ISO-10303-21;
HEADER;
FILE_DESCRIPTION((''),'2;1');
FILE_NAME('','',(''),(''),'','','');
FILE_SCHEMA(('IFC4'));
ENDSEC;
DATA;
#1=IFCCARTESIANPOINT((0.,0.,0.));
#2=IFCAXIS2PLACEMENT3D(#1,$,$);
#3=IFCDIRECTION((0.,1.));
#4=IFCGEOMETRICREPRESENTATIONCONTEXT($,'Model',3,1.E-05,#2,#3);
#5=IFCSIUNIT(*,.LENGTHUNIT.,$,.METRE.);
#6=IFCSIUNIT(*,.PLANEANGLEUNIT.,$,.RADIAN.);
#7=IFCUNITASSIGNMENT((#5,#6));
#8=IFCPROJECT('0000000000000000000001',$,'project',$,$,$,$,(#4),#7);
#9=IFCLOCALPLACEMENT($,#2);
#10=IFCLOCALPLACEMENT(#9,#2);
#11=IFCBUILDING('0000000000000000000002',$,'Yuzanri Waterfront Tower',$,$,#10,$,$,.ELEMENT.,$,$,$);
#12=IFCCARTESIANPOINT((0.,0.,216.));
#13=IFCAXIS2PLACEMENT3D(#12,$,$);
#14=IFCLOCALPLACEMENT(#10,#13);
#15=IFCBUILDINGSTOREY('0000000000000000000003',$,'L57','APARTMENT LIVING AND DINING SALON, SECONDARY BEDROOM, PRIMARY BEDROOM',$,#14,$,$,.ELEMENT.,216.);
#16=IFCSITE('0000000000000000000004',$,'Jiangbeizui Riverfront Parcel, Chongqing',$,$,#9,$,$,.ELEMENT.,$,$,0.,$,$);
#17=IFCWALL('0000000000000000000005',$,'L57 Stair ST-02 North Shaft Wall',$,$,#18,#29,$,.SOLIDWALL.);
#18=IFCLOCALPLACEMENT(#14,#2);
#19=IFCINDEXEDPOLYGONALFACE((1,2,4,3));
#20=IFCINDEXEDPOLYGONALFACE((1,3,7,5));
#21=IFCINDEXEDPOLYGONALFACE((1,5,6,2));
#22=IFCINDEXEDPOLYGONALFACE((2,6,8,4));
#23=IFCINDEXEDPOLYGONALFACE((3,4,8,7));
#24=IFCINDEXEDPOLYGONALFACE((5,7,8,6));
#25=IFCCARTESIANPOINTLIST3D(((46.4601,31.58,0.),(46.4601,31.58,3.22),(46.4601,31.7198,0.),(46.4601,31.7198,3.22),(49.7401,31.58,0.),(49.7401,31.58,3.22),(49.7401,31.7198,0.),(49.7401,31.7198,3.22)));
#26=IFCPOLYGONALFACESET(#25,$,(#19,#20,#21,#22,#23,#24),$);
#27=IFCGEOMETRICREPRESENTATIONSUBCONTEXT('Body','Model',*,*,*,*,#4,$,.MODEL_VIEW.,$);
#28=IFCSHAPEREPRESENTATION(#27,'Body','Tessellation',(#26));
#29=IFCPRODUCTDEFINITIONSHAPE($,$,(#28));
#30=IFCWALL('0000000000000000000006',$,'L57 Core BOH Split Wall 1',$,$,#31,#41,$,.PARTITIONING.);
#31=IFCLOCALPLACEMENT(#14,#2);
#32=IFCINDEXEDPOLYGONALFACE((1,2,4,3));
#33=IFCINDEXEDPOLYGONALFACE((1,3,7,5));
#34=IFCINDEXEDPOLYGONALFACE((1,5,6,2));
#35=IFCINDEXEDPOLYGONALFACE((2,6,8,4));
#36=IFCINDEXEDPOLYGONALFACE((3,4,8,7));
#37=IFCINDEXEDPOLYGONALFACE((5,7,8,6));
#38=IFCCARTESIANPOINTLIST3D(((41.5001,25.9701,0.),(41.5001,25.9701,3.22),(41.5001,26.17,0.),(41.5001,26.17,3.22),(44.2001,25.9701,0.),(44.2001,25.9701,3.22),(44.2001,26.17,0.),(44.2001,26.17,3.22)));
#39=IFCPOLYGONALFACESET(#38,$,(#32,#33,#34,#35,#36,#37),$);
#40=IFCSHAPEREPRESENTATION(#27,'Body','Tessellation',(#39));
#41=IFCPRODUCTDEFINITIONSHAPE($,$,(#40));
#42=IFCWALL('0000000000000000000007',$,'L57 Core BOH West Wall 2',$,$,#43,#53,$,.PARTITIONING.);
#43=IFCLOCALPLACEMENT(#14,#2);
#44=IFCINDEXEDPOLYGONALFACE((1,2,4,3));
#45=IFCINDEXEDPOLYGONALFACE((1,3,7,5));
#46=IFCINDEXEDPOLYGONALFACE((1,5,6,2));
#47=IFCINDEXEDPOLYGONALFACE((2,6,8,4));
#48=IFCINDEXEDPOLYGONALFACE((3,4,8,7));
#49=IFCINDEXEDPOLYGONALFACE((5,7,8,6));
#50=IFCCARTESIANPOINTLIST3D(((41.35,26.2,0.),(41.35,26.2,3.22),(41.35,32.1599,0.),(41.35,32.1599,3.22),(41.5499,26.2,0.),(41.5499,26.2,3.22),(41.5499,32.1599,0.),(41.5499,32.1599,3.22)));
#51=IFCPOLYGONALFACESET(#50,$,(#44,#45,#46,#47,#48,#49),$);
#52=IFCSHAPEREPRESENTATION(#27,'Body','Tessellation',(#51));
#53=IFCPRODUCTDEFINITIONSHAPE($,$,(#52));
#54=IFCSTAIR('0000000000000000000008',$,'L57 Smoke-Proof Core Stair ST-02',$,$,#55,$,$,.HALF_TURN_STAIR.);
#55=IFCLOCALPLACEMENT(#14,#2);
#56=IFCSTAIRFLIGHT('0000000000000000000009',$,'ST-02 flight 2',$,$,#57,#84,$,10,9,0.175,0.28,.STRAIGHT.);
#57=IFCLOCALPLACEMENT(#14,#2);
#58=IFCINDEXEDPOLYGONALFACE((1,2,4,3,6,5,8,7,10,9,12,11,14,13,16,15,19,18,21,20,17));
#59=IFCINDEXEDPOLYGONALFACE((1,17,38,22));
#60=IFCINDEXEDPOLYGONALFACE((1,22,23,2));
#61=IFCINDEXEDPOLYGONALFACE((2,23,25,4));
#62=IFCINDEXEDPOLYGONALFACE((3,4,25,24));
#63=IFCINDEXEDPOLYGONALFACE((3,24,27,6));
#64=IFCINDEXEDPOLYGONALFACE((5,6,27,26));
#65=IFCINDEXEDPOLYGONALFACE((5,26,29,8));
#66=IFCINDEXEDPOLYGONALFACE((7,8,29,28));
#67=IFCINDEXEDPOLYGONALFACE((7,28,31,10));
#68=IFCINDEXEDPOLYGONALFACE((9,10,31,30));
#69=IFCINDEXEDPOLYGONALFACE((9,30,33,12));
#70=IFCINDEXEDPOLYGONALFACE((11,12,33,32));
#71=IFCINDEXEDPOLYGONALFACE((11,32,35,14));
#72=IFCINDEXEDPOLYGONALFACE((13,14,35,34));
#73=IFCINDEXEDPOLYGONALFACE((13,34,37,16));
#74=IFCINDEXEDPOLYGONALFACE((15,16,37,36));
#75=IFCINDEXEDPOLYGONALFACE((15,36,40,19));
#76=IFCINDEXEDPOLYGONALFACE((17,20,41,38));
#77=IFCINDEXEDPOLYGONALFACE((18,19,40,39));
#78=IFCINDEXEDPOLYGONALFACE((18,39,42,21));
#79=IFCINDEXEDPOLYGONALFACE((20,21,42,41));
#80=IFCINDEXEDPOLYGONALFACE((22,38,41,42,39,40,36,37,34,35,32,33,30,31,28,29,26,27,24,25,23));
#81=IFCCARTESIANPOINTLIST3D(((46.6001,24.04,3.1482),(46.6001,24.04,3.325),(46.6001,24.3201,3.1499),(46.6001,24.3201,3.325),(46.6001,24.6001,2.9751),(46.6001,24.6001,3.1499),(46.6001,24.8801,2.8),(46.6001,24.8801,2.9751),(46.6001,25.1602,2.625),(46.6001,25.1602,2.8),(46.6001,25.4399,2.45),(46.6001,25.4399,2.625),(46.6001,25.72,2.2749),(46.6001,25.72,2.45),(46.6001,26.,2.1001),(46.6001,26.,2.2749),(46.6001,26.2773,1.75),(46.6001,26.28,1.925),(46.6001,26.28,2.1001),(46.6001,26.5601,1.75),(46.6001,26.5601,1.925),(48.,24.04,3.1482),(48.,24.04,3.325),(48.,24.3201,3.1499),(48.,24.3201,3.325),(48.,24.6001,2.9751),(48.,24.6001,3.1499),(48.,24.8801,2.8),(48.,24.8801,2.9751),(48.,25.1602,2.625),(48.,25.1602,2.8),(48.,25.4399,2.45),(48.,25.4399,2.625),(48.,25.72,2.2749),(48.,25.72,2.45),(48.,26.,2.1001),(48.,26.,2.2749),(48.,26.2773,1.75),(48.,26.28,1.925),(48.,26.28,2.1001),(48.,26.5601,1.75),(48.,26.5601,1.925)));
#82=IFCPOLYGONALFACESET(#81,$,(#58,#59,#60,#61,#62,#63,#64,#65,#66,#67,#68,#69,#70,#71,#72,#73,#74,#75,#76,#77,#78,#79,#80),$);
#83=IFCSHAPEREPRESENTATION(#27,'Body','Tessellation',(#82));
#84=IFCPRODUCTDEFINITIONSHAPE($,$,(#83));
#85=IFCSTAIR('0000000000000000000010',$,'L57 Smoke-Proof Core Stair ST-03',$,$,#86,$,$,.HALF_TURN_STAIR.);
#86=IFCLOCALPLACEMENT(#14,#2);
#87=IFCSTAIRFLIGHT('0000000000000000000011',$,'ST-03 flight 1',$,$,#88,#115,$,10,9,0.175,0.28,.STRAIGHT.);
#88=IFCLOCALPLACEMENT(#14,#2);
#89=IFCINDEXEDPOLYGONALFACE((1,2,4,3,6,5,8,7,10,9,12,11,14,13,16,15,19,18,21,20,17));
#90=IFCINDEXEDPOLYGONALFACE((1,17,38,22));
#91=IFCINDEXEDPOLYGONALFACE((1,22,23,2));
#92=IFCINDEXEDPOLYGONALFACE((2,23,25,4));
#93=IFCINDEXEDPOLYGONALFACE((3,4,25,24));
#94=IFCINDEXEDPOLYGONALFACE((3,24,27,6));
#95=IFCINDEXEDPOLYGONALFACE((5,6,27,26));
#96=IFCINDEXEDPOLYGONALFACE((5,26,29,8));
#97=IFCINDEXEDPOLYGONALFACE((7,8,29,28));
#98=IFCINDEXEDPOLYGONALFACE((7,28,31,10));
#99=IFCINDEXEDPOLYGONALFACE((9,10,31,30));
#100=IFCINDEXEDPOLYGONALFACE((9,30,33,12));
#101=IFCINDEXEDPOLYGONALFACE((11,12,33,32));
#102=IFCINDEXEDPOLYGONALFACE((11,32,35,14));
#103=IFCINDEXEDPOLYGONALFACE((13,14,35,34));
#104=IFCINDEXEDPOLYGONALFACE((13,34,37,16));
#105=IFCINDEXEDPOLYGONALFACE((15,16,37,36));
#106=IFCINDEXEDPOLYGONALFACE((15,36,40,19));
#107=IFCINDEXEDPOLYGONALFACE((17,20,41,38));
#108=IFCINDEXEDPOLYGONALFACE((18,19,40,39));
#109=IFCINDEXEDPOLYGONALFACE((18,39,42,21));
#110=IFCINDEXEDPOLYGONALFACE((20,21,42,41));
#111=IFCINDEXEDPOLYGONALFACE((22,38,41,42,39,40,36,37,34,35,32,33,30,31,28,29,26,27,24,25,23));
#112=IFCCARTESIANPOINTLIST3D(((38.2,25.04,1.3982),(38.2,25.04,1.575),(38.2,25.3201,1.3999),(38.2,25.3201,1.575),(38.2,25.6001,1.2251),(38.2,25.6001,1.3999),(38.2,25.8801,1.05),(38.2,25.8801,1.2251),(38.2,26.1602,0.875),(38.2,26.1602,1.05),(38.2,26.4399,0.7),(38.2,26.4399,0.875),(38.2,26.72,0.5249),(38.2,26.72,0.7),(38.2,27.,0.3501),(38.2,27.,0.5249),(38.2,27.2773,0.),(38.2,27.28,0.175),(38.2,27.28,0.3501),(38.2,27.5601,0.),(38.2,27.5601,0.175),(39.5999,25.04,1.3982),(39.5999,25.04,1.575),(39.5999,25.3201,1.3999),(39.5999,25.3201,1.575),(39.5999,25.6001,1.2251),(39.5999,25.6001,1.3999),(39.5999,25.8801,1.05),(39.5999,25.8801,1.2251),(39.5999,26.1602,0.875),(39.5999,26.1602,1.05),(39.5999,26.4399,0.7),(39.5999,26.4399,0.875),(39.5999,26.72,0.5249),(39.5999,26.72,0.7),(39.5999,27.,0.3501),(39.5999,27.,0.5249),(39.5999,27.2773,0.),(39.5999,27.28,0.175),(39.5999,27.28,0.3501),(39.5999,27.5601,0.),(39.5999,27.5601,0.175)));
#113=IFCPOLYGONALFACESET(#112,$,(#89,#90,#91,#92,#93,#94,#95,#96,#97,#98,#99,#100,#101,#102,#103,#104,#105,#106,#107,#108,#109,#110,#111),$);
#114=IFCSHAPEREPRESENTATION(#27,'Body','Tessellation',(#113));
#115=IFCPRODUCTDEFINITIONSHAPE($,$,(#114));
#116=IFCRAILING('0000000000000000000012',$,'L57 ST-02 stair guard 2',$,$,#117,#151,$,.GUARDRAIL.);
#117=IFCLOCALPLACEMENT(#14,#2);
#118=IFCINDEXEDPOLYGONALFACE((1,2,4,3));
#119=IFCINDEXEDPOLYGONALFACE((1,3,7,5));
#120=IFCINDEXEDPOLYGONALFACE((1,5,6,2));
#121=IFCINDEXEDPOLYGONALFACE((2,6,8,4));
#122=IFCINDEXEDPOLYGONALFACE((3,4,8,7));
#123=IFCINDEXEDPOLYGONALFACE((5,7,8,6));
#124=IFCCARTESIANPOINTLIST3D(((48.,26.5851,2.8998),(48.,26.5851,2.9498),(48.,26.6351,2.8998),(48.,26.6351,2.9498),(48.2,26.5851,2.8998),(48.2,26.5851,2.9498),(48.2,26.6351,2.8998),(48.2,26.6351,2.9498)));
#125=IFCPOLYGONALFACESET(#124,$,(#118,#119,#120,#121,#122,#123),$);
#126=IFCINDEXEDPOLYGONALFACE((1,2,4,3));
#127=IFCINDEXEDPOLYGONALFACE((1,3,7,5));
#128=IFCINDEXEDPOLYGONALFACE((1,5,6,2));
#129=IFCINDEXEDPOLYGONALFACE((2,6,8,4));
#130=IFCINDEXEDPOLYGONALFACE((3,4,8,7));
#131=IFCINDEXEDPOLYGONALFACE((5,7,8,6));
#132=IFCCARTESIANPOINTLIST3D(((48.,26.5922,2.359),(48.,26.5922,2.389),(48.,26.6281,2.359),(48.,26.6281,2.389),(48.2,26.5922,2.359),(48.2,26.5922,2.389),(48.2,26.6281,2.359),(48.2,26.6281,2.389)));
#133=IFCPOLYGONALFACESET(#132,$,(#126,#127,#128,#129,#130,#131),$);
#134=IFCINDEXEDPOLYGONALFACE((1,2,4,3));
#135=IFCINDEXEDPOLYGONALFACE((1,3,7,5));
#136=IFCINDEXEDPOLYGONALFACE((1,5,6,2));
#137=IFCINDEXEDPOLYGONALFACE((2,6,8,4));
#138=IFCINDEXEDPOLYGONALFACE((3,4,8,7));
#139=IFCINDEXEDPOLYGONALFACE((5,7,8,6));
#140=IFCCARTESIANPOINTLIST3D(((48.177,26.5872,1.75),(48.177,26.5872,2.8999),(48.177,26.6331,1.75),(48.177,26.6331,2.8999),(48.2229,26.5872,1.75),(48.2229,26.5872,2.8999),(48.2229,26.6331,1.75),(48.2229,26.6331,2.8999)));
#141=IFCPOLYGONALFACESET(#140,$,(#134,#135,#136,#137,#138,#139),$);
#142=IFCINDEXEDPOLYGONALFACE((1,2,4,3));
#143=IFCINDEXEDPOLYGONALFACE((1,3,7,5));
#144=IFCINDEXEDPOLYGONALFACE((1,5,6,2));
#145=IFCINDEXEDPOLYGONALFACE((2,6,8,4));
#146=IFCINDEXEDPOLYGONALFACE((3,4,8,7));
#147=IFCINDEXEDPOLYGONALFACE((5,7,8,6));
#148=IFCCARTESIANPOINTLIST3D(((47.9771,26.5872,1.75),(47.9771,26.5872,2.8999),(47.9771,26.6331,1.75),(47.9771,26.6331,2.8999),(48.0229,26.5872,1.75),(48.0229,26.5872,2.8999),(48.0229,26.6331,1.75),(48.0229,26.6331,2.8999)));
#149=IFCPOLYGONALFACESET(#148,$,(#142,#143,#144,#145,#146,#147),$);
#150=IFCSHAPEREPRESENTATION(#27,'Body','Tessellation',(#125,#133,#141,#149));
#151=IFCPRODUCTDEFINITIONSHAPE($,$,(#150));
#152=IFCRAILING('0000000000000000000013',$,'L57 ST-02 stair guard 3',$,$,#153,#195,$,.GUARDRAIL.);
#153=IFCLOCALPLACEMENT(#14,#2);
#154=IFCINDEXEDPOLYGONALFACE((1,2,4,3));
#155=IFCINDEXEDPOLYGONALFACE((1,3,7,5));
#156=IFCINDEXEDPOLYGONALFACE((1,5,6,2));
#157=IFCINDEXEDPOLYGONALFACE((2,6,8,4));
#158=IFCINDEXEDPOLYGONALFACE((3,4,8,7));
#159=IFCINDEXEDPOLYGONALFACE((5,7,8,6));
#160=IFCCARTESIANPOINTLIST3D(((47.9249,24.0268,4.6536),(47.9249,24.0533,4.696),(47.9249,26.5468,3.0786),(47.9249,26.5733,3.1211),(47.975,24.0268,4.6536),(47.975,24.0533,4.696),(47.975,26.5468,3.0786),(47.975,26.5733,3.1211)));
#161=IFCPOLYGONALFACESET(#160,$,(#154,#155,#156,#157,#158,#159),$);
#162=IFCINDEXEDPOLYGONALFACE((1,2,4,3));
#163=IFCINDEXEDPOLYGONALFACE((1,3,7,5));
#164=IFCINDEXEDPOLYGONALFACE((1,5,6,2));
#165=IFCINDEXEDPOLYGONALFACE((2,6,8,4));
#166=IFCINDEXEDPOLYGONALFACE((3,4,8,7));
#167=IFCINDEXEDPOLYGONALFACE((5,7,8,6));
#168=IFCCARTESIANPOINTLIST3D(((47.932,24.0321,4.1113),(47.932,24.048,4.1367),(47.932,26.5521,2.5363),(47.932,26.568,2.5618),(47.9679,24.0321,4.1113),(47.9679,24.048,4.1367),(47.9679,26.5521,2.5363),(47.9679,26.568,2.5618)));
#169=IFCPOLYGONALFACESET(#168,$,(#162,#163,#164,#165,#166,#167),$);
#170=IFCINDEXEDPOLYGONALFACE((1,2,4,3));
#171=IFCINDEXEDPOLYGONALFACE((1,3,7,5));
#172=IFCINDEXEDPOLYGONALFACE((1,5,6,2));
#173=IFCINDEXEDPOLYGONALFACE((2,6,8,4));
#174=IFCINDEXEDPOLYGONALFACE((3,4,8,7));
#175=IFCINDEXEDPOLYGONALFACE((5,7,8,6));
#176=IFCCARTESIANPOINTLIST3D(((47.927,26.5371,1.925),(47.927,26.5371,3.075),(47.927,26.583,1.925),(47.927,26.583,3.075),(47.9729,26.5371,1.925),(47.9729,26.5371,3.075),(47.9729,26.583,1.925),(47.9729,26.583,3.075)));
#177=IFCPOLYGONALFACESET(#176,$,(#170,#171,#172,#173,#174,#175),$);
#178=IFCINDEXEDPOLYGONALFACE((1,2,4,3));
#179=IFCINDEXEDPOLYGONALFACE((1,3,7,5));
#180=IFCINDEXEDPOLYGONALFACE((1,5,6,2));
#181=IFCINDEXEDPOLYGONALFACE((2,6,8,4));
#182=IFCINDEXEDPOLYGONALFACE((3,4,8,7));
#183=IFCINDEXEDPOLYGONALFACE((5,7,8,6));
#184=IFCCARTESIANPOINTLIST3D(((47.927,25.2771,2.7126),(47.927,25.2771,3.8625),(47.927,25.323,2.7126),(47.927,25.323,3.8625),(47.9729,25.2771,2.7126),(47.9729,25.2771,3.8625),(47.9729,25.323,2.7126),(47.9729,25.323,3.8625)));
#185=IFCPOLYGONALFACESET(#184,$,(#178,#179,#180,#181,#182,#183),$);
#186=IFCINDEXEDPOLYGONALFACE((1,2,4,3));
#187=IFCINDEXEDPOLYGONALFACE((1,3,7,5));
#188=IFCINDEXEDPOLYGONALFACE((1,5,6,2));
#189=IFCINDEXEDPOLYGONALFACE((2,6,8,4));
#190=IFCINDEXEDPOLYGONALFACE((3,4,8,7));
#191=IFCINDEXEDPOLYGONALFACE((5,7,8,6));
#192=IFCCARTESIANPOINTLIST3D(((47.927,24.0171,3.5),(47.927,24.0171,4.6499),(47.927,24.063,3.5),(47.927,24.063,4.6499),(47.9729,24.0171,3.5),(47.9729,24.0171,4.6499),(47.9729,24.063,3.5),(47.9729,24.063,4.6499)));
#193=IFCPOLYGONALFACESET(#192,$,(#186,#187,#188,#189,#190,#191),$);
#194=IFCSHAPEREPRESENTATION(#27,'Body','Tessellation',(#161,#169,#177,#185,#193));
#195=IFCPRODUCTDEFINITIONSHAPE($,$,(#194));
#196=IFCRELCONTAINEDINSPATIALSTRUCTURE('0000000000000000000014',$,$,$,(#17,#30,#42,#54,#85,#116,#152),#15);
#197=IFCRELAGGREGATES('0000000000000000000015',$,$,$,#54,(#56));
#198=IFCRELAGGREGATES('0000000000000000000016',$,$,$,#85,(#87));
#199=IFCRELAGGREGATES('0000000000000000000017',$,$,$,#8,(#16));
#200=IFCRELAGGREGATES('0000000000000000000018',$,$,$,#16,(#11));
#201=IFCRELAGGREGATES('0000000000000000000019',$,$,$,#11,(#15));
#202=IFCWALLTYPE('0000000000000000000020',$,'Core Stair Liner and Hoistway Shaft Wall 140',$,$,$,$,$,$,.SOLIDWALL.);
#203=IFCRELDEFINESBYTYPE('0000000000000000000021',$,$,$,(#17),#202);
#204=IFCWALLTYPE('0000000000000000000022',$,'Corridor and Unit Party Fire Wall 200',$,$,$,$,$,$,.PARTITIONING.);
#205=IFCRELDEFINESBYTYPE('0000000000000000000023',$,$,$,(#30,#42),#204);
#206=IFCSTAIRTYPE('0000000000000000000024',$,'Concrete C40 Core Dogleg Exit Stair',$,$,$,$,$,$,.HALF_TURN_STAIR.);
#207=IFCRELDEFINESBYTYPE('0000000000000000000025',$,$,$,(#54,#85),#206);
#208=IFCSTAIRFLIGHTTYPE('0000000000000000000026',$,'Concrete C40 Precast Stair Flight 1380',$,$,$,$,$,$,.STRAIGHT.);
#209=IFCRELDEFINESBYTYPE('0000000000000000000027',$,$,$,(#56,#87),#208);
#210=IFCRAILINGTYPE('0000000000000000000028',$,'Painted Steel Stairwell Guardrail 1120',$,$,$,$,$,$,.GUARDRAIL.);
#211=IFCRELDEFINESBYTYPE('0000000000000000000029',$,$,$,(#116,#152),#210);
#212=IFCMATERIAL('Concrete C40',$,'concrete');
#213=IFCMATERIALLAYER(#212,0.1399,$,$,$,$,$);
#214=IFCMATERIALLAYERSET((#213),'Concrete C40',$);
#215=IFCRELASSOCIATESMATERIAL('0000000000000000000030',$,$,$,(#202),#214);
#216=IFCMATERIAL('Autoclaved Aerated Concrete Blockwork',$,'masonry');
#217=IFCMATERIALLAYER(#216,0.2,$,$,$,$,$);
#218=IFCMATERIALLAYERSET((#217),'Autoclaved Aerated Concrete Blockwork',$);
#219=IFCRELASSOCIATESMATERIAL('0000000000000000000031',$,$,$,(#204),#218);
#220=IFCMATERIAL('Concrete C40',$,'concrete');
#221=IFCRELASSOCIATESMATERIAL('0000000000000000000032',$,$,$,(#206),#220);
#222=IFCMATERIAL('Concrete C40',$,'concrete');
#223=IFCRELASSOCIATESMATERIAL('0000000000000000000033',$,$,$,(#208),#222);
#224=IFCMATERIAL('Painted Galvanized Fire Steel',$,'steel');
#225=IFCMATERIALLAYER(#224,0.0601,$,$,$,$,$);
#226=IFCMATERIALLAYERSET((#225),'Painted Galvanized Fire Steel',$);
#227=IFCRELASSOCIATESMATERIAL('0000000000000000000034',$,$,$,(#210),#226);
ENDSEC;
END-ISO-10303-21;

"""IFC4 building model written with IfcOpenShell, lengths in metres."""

from ifc_helpers import new_model, si_unit, direction, frame, frame_2d, origin, origin_2d, place, context, subcontext, project, spatial, polyline, rectangle, outline, extrude, source, transform, mapped, material, layer, layer_set, type_object, element, aggregate, save


model = new_model("IFC4")

# Units and contexts
model_context = context("Model", 3, precision=1e-05, world=origin(), true_north=direction((0.0, 1.0)))
body_context = subcontext(model_context, "Body", "Model", "MODEL_VIEW")
ifc_project = project(units=[si_unit("LENGTHUNIT", "METRE"), si_unit("PLANEANGLEUNIT", "RADIAN")], contexts=[model_context])

# Site, building, storey
site_placement = place(None, origin())
site = spatial("IfcSite", under=ifc_project, at=site_placement, Name="Jiangbeizui Riverfront Parcel, Chongqing", CompositionType="ELEMENT", RefElevation=0.0)
building_placement = place(site_placement, origin())
building = spatial("IfcBuilding", under=site, at=building_placement, Name="Yuzanri Waterfront Tower", CompositionType="ELEMENT")
storey_placement = place(building_placement, frame((0.0, 0.0, 216.0)))
storey = spatial("IfcBuildingStorey", under=building, at=storey_placement, Name="L57", Description="APARTMENT LIVING AND DINING SALON, SECONDARY BEDROOM, PRIMARY BEDROOM", CompositionType="ELEMENT", Elevation=216.0)

# Shared definitions
ifc_material_1 = material(Name="Concrete C40", Category="concrete")
ifc_layer_1 = layer(ifc_material_1, 0.1399)
ifc_layer_set_1 = layer_set([ifc_layer_1], Name="Concrete C40")
wall_type_1 = type_object("IfcWallType", Name="Core Stair Liner and Hoistway Shaft Wall 140", PredefinedType="SOLIDWALL", material=ifc_layer_set_1)

# Walls
shared_shape_1 = source(origin(), body_context, "Body", "SweptSolid", [
    extrude(rectangle(XDim=3.28, YDim=0.1399, at=frame_2d((1.6401, 0.0))), origin(), (0.0, 0.0, 1.0), 3.22),
])
wall_1_placement = place(storey_placement, frame((46.46, 31.6499, 0.0), z_axis=(0.0, 0.0, 1.0), x_axis=(1.0, 0.0, 0.0)))
element("IfcWall", 1, at=wall_1_placement, inside=storey, type_object=wall_type_1, Name="L57 Stair ST-02 North Shaft Wall", PredefinedType="SOLIDWALL", context=body_context, shape_type="MappedRepresentation", body=[
    mapped(shared_shape_1, transform((0.0, 0.0, 0.0), scale=1.0)),
])
ifc_material_2 = material(Name="Autoclaved Aerated Concrete Blockwork", Category="masonry")
ifc_layer_2 = layer(ifc_material_2, 0.2)
ifc_layer_set_2 = layer_set([ifc_layer_2], Name="Autoclaved Aerated Concrete Blockwork")
wall_type_2 = type_object("IfcWallType", Name="Corridor and Unit Party Fire Wall 200", PredefinedType="PARTITIONING", material=ifc_layer_set_2)
shared_shape_2 = source(origin(), body_context, "Body", "SweptSolid", [
    extrude(rectangle(XDim=2.7, YDim=0.2, at=frame_2d((1.3501, 0.0))), origin(), (0.0, 0.0, 1.0), 3.22),
])
wall_2_placement = place(storey_placement, frame((41.5, 26.0701, 0.0), z_axis=(0.0, 0.0, 1.0), x_axis=(1.0, 0.0, 0.0)))
element("IfcWall", 2, at=wall_2_placement, inside=storey, type_object=wall_type_2, Name="L57 Core BOH Split Wall 1", PredefinedType="PARTITIONING", context=body_context, shape_type="MappedRepresentation", body=[
    mapped(shared_shape_2, transform((0.0, 0.0, 0.0), scale=1.0)),
])
shared_shape_3 = source(origin(), body_context, "Body", "SweptSolid", [
    extrude(rectangle(XDim=5.96, YDim=0.2, at=frame_2d((2.98, 0.0))), origin(), (0.0, 0.0, 1.0), 3.22),
])
wall_3_placement = place(storey_placement, frame((41.45, 26.2, 0.0), z_axis=(0.0, 0.0, 1.0), x_axis=(0.0, 1.0, 0.0)))
element("IfcWall", 3, at=wall_3_placement, inside=storey, type_object=wall_type_2, Name="L57 Core BOH West Wall 2", PredefinedType="PARTITIONING", context=body_context, shape_type="MappedRepresentation", body=[
    mapped(shared_shape_3, transform((0.0, 0.0, 0.0), scale=1.0)),
])

# Stairs, stair flights
ifc_material_3 = material(Name="Concrete C40", Category="concrete")
stair_type = type_object("IfcStairType", Name="Concrete C40 Core Dogleg Exit Stair", PredefinedType="HALF_TURN_STAIR", material=ifc_material_3)
stair_1_placement = place(storey_placement, origin())
stair_1 = element("IfcStair", 4, at=stair_1_placement, inside=storey, type_object=stair_type, Name="L57 Smoke-Proof Core Stair ST-02", PredefinedType="HALF_TURN_STAIR")
ifc_material_4 = material(Name="Concrete C40", Category="concrete")
stair_flight_type = type_object("IfcStairFlightType", Name="Concrete C40 Precast Stair Flight 1380", PredefinedType="STRAIGHT", material=ifc_material_4)
shared_shape_4 = source(origin(), body_context, "Body", "SweptSolid", [
    extrude(outline(polyline([(0.0, 0.0), (0.0, 0.175), (0.28, 0.175), (0.28, 0.3501), (0.5601, 0.3501), (0.5601, 0.5249), (0.8401, 0.5249), (0.8401, 0.7), (1.1201, 0.7), (1.1201, 0.875), (1.3999, 0.875), (1.3999, 1.05), (1.6799, 1.05), (1.6799, 1.2251), (1.96, 1.2251), (1.96, 1.3999), (2.24, 1.3999), (2.24, 1.575), (2.52, 1.575), (2.52, 1.75), (2.52, 1.3982), (0.2827, 0.0), (0.0, 0.0)])), frame((0.0, 0.7, 0.0), z_axis=(0.0, -1.0, 0.0), x_axis=(1.0, 0.0, 0.0)), (0.0, 0.0, 1.0), 1.3999),
])
stair_flight_1_placement = place(storey_placement, frame((47.3, 26.5601, 1.75), z_axis=(0.0, 0.0, 1.0), x_axis=(0.0, -1.0, 0.0)))
stair_flight_1 = element("IfcStairFlight", 5, at=stair_flight_1_placement, type_object=stair_flight_type, Name="ST-02 flight 2", NumberOfRisers=10, NumberOfTreads=9, PredefinedType="STRAIGHT", RiserHeight=0.175, TreadLength=0.28, context=body_context, shape_type="MappedRepresentation", body=[
    mapped(shared_shape_4, transform((0.0, 0.0, 0.0), scale=1.0)),
])
aggregate(stair_1, [stair_flight_1])
stair_2_placement = place(storey_placement, origin())
stair_2 = element("IfcStair", 6, at=stair_2_placement, inside=storey, type_object=stair_type, Name="L57 Smoke-Proof Core Stair ST-03", PredefinedType="HALF_TURN_STAIR")
stair_flight_2_placement = place(storey_placement, frame((38.8999, 27.5601, 0.0), z_axis=(0.0, 0.0, 1.0), x_axis=(0.0, -1.0, 0.0)))
stair_flight_2 = element("IfcStairFlight", 7, at=stair_flight_2_placement, type_object=stair_flight_type, Name="ST-03 flight 1", NumberOfRisers=10, NumberOfTreads=9, PredefinedType="STRAIGHT", RiserHeight=0.175, TreadLength=0.28, context=body_context, shape_type="MappedRepresentation", body=[
    mapped(shared_shape_4, transform((0.0, 0.0, 0.0), scale=1.0)),
])
aggregate(stair_2, [stair_flight_2])

# Railings
ifc_material_5 = material(Name="Painted Galvanized Fire Steel", Category="steel")
ifc_layer_3 = layer(ifc_material_5, 0.0601)
ifc_layer_set_3 = layer_set([ifc_layer_3], Name="Painted Galvanized Fire Steel")
railing_type_1 = type_object("IfcRailingType", Name="Painted Steel Stairwell Guardrail 1120", PredefinedType="GUARDRAIL", material=ifc_layer_set_3)
shared_shape_5 = source(origin(), body_context, "Body", "SweptSolid", [
    extrude(rectangle(XDim=0.05, YDim=0.05, at=origin_2d()), frame((0.0, 0.0, 1.1748), z_axis=(-1.0, 0.0, 0.0), x_axis=(0.0, -1.0, 0.0)), (0.0, 0.0, 1.0), 0.2),
    extrude(rectangle(XDim=0.0359, YDim=0.03, at=origin_2d()), frame((0.0, 0.0, 0.624), z_axis=(-1.0, 0.0, 0.0), x_axis=(0.0, -1.0, 0.0)), (0.0, 0.0, 1.0), 0.2),
    extrude(rectangle(XDim=0.0459, YDim=0.0459, at=origin_2d()), origin(), (0.0, 0.0, 1.0), 1.1499),
    extrude(rectangle(XDim=0.0459, YDim=0.0459, at=origin_2d()), frame((-0.2, 0.0, 0.0)), (0.0, 0.0, 1.0), 1.1499),
])
railing_1_placement = place(storey_placement, frame((48.2, 26.6101, 1.75)))
element("IfcRailing", 8, at=railing_1_placement, inside=storey, type_object=railing_type_1, Name="L57 ST-02 stair guard 2", PredefinedType="GUARDRAIL", context=body_context, shape_type="MappedRepresentation", body=[
    mapped(shared_shape_5, transform((0.0, 0.0, 0.0), scale=1.0)),
])
shared_shape_6 = source(origin(), body_context, "Body", "SweptSolid", [
    extrude(rectangle(XDim=0.05, YDim=0.05, at=origin_2d()), frame((0.0, 0.0, 1.1748), z_axis=(0.0, -0.848008, 0.529984), x_axis=(1.0, 0.0, 0.0)), (0.0, 0.0, 1.0), 2.9717),
    extrude(rectangle(XDim=0.0359, YDim=0.03, at=origin_2d()), frame((0.0, 0.0, 0.624), z_axis=(0.0, -0.848008, 0.529984), x_axis=(1.0, 0.0, 0.0)), (0.0, 0.0, 1.0), 2.9717),
    extrude(rectangle(XDim=0.0459, YDim=0.0459, at=origin_2d()), origin(), (0.0, 0.0, 1.0), 1.1499),
    extrude(rectangle(XDim=0.0459, YDim=0.0459, at=origin_2d()), frame((0.0, -1.26, 0.7876)), (0.0, 0.0, 1.0), 1.1499),
    extrude(rectangle(XDim=0.0459, YDim=0.0459, at=origin_2d()), frame((0.0, -2.52, 1.575)), (0.0, 0.0, 1.0), 1.1499),
])
for number, where, name in (
    (9, (47.95, 26.5601, 1.925), "L57 ST-02 stair guard 3"),
):
    element("IfcRailing", number, at=place(storey_placement, frame(where)), inside=storey, type_object=railing_type_1, Name=name, PredefinedType="GUARDRAIL", context=body_context, shape_type="MappedRepresentation", body=[
        mapped(shared_shape_6, transform((0.0, 0.0, 0.0), scale=1.0)),
    ])

save(model, "model.ifc")
